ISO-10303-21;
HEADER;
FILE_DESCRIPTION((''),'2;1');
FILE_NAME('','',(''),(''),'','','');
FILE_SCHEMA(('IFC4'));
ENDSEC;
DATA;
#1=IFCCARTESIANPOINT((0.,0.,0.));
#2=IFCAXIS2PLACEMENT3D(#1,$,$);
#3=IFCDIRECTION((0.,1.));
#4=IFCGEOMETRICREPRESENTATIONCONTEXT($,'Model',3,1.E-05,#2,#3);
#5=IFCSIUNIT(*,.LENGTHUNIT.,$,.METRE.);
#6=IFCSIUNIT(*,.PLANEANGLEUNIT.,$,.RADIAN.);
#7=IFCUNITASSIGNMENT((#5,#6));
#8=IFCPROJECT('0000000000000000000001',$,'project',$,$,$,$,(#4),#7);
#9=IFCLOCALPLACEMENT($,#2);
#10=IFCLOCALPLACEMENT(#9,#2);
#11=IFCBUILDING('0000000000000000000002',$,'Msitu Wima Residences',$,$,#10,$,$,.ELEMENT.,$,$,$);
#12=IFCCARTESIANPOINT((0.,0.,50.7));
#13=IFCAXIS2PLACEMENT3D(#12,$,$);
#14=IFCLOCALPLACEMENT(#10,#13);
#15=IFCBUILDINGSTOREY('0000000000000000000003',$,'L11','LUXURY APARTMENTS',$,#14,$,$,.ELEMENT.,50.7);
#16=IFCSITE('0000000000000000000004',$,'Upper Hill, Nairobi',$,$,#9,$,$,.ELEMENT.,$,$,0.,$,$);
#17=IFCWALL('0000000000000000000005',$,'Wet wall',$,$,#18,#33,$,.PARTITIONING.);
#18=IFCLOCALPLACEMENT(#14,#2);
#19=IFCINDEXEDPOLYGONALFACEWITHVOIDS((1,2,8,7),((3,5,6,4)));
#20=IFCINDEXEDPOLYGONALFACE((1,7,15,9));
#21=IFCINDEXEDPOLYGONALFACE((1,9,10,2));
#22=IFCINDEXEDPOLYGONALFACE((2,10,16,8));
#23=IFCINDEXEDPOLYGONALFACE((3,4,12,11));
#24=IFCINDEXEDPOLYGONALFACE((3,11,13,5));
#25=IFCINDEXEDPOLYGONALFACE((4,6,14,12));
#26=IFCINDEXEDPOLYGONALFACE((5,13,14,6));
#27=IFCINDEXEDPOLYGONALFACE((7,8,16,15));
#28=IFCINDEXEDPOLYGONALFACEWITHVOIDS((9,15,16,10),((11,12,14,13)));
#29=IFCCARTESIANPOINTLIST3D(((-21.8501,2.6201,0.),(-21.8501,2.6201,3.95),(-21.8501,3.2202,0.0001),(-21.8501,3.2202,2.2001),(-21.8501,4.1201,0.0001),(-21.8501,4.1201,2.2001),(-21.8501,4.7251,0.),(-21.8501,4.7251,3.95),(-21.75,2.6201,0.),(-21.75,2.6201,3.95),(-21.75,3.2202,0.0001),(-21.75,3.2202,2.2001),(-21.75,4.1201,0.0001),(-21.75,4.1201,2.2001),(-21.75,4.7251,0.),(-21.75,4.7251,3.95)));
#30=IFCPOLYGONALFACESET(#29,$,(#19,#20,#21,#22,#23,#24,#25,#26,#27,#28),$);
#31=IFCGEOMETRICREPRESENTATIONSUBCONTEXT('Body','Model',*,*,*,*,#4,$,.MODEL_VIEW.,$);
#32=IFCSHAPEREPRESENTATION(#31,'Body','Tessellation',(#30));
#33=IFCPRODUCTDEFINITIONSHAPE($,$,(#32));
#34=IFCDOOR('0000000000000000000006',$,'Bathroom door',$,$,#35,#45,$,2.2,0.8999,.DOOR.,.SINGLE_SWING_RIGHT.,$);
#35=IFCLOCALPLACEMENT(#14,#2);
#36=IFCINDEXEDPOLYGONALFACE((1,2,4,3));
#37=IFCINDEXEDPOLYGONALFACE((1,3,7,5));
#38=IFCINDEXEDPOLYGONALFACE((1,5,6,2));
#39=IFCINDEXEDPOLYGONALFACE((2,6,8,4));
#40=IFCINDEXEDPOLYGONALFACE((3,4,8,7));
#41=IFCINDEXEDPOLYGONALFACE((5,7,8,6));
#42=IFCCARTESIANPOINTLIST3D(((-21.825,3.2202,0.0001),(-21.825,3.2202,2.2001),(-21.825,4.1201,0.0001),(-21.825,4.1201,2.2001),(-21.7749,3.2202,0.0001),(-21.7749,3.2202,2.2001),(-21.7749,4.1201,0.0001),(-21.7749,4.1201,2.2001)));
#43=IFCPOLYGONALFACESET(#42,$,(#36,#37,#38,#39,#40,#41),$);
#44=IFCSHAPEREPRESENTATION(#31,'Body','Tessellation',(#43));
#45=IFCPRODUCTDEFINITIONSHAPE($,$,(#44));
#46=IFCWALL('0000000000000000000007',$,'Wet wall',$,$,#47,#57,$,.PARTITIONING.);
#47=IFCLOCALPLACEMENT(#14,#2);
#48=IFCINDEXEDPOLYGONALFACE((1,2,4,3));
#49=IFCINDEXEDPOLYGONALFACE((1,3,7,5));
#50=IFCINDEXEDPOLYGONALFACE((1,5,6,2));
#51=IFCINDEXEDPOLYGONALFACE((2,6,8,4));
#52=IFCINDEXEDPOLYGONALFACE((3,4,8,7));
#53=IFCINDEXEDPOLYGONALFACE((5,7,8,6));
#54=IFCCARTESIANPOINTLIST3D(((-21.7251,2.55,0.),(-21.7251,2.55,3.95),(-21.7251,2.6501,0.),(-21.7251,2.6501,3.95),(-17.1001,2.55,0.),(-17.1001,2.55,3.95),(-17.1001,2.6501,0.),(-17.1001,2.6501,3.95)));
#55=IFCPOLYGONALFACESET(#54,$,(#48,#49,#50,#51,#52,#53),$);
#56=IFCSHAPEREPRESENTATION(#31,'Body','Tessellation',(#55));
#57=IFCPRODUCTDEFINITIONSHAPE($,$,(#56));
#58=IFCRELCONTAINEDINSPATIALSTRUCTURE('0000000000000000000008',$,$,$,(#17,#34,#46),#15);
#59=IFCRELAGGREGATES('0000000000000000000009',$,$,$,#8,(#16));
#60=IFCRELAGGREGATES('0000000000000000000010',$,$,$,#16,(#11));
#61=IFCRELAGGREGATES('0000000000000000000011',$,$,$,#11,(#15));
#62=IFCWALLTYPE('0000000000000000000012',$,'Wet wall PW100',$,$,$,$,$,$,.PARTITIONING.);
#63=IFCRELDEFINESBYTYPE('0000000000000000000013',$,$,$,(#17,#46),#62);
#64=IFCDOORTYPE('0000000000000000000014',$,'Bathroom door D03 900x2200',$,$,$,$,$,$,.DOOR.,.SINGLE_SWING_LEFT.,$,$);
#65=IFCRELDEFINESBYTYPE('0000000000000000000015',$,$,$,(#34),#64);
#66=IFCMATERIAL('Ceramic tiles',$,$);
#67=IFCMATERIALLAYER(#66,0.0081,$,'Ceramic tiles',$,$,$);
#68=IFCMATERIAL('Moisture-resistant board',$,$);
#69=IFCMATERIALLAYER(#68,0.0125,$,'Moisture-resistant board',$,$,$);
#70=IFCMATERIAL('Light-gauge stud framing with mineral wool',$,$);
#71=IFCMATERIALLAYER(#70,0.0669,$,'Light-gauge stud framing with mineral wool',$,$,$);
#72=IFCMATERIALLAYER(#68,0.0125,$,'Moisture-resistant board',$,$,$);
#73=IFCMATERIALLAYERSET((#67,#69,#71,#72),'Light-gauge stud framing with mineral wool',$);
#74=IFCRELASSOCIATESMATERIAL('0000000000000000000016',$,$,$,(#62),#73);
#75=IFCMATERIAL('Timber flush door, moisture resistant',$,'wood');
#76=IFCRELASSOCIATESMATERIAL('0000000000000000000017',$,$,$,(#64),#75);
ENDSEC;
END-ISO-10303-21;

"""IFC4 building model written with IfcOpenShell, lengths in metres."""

from ifc_helpers import new_model, si_unit, direction, frame, frame_2d, origin, place, context, subcontext, project, spatial, rectangle, extrude, material, layer, layer_set, type_object, element, fill, save


model = new_model("IFC4")

# Units and contexts
model_context = context("Model", 3, precision=1e-05, world=origin(), true_north=direction((0.0, 1.0)))
body_context = subcontext(model_context, "Body", "Model", "MODEL_VIEW")
ifc_project = project(units=[si_unit("LENGTHUNIT", "METRE"), si_unit("PLANEANGLEUNIT", "RADIAN")], contexts=[model_context])

# Site, building, storey
site_placement = place(None, origin())
site = spatial("IfcSite", under=ifc_project, at=site_placement, Name="Upper Hill, Nairobi", CompositionType="ELEMENT", RefElevation=0.0)
building_placement = place(site_placement, origin())
building = spatial("IfcBuilding", under=site, at=building_placement, Name="Msitu Wima Residences", CompositionType="ELEMENT")
storey_placement = place(building_placement, frame((0.0, 0.0, 50.7)))
storey = spatial("IfcBuildingStorey", under=building, at=storey_placement, Name="L11", Description="LUXURY APARTMENTS", CompositionType="ELEMENT", Elevation=50.7)

# Shared definitions
ifc_material_1 = material(Name="Light-gauge stud framing with mineral wool")

# Wall, opening, door
ifc_material_2 = material(Name="Ceramic tiles")
ifc_layer_1 = layer(ifc_material_2, 0.0081, Name="Ceramic tiles")
ifc_material_3 = material(Name="Moisture-resistant board")
ifc_layer_2 = layer(ifc_material_3, 0.0125, Name="Moisture-resistant board")
ifc_layer_3 = layer(ifc_material_1, 0.0669, Name="Light-gauge stud framing with mineral wool")
ifc_layer_4 = layer(ifc_material_3, 0.0125, Name="Moisture-resistant board")
ifc_layer_set_1 = layer_set([ifc_layer_1, ifc_layer_2, ifc_layer_3, ifc_layer_4], Name="Light-gauge stud framing with mineral wool")
wall_type_1 = type_object("IfcWallType", Name="Wet wall PW100", PredefinedType="PARTITIONING", material=ifc_layer_set_1)
wall_1_placement = place(storey_placement, frame((-21.8, 2.6201, 0.0), z_axis=(0.0, 0.0, 1.0), x_axis=(0.0, 1.0, 0.0)))
wall_1 = element("IfcWall", 1, at=wall_1_placement, inside=storey, type_object=wall_type_1, Name="Wet wall", PredefinedType="PARTITIONING", context=body_context, shape_type="SweptSolid", body=[
    extrude(rectangle(XDim=2.105, YDim=0.1001, at=frame_2d((1.0525, 0.0))), origin(), (0.0, 0.0, 1.0), 3.95),
])
opening_1_placement = place(wall_1_placement, frame((0.6001, 0.0, 0.0)))
opening_1 = element("IfcOpeningElement", 2, at=opening_1_placement, cuts=wall_1, PredefinedType="OPENING", context=body_context, shape_type="SweptSolid", body=[
    extrude(rectangle(XDim=0.8999, YDim=2.2, at=frame_2d((0.45, 1.1001))), frame((0.0, 0.0601, 0.0), z_axis=(0.0, -1.0, 0.0), x_axis=(1.0, 0.0, 0.0)), (0.0, 0.0, 1.0), 0.1201),
])
ifc_material_4 = material(Name="Timber flush door, moisture resistant", Category="wood")
door_type_1 = type_object("IfcDoorType", Name="Bathroom door D03 900x2200", OperationType="SINGLE_SWING_LEFT", PredefinedType="DOOR", material=ifc_material_4)
door_1_placement = place(opening_1_placement, origin())
door_1 = element("IfcDoor", 3, at=door_1_placement, inside=storey, type_object=door_type_1, Name="Bathroom door", OperationType="SINGLE_SWING_RIGHT", OverallHeight=2.2, OverallWidth=0.8999, PredefinedType="DOOR", context=body_context, shape_type="SweptSolid", body=[
    extrude(rectangle(XDim=0.8999, YDim=2.2, at=frame_2d((0.45, 1.1001))), frame((0.0, 0.0249, 0.0), z_axis=(0.0, -1.0, 0.0), x_axis=(1.0, 0.0, 0.0)), (0.0, 0.0, 1.0), 0.05),
])
fill(opening_1, door_1)

# Wall
wall_2_placement = place(storey_placement, frame((-21.7251, 2.6001, 0.0), z_axis=(0.0, 0.0, 1.0), x_axis=(1.0, 0.0, 0.0)))
element("IfcWall", 4, at=wall_2_placement, inside=storey, type_object=wall_type_1, Name="Wet wall", PredefinedType="PARTITIONING", context=body_context, shape_type="SweptSolid", body=[
    extrude(rectangle(XDim=4.625, YDim=0.1001, at=frame_2d((2.3125, 0.0))), origin(), (0.0, 0.0, 1.0), 3.95),
])

save(model, "model.ifc")
